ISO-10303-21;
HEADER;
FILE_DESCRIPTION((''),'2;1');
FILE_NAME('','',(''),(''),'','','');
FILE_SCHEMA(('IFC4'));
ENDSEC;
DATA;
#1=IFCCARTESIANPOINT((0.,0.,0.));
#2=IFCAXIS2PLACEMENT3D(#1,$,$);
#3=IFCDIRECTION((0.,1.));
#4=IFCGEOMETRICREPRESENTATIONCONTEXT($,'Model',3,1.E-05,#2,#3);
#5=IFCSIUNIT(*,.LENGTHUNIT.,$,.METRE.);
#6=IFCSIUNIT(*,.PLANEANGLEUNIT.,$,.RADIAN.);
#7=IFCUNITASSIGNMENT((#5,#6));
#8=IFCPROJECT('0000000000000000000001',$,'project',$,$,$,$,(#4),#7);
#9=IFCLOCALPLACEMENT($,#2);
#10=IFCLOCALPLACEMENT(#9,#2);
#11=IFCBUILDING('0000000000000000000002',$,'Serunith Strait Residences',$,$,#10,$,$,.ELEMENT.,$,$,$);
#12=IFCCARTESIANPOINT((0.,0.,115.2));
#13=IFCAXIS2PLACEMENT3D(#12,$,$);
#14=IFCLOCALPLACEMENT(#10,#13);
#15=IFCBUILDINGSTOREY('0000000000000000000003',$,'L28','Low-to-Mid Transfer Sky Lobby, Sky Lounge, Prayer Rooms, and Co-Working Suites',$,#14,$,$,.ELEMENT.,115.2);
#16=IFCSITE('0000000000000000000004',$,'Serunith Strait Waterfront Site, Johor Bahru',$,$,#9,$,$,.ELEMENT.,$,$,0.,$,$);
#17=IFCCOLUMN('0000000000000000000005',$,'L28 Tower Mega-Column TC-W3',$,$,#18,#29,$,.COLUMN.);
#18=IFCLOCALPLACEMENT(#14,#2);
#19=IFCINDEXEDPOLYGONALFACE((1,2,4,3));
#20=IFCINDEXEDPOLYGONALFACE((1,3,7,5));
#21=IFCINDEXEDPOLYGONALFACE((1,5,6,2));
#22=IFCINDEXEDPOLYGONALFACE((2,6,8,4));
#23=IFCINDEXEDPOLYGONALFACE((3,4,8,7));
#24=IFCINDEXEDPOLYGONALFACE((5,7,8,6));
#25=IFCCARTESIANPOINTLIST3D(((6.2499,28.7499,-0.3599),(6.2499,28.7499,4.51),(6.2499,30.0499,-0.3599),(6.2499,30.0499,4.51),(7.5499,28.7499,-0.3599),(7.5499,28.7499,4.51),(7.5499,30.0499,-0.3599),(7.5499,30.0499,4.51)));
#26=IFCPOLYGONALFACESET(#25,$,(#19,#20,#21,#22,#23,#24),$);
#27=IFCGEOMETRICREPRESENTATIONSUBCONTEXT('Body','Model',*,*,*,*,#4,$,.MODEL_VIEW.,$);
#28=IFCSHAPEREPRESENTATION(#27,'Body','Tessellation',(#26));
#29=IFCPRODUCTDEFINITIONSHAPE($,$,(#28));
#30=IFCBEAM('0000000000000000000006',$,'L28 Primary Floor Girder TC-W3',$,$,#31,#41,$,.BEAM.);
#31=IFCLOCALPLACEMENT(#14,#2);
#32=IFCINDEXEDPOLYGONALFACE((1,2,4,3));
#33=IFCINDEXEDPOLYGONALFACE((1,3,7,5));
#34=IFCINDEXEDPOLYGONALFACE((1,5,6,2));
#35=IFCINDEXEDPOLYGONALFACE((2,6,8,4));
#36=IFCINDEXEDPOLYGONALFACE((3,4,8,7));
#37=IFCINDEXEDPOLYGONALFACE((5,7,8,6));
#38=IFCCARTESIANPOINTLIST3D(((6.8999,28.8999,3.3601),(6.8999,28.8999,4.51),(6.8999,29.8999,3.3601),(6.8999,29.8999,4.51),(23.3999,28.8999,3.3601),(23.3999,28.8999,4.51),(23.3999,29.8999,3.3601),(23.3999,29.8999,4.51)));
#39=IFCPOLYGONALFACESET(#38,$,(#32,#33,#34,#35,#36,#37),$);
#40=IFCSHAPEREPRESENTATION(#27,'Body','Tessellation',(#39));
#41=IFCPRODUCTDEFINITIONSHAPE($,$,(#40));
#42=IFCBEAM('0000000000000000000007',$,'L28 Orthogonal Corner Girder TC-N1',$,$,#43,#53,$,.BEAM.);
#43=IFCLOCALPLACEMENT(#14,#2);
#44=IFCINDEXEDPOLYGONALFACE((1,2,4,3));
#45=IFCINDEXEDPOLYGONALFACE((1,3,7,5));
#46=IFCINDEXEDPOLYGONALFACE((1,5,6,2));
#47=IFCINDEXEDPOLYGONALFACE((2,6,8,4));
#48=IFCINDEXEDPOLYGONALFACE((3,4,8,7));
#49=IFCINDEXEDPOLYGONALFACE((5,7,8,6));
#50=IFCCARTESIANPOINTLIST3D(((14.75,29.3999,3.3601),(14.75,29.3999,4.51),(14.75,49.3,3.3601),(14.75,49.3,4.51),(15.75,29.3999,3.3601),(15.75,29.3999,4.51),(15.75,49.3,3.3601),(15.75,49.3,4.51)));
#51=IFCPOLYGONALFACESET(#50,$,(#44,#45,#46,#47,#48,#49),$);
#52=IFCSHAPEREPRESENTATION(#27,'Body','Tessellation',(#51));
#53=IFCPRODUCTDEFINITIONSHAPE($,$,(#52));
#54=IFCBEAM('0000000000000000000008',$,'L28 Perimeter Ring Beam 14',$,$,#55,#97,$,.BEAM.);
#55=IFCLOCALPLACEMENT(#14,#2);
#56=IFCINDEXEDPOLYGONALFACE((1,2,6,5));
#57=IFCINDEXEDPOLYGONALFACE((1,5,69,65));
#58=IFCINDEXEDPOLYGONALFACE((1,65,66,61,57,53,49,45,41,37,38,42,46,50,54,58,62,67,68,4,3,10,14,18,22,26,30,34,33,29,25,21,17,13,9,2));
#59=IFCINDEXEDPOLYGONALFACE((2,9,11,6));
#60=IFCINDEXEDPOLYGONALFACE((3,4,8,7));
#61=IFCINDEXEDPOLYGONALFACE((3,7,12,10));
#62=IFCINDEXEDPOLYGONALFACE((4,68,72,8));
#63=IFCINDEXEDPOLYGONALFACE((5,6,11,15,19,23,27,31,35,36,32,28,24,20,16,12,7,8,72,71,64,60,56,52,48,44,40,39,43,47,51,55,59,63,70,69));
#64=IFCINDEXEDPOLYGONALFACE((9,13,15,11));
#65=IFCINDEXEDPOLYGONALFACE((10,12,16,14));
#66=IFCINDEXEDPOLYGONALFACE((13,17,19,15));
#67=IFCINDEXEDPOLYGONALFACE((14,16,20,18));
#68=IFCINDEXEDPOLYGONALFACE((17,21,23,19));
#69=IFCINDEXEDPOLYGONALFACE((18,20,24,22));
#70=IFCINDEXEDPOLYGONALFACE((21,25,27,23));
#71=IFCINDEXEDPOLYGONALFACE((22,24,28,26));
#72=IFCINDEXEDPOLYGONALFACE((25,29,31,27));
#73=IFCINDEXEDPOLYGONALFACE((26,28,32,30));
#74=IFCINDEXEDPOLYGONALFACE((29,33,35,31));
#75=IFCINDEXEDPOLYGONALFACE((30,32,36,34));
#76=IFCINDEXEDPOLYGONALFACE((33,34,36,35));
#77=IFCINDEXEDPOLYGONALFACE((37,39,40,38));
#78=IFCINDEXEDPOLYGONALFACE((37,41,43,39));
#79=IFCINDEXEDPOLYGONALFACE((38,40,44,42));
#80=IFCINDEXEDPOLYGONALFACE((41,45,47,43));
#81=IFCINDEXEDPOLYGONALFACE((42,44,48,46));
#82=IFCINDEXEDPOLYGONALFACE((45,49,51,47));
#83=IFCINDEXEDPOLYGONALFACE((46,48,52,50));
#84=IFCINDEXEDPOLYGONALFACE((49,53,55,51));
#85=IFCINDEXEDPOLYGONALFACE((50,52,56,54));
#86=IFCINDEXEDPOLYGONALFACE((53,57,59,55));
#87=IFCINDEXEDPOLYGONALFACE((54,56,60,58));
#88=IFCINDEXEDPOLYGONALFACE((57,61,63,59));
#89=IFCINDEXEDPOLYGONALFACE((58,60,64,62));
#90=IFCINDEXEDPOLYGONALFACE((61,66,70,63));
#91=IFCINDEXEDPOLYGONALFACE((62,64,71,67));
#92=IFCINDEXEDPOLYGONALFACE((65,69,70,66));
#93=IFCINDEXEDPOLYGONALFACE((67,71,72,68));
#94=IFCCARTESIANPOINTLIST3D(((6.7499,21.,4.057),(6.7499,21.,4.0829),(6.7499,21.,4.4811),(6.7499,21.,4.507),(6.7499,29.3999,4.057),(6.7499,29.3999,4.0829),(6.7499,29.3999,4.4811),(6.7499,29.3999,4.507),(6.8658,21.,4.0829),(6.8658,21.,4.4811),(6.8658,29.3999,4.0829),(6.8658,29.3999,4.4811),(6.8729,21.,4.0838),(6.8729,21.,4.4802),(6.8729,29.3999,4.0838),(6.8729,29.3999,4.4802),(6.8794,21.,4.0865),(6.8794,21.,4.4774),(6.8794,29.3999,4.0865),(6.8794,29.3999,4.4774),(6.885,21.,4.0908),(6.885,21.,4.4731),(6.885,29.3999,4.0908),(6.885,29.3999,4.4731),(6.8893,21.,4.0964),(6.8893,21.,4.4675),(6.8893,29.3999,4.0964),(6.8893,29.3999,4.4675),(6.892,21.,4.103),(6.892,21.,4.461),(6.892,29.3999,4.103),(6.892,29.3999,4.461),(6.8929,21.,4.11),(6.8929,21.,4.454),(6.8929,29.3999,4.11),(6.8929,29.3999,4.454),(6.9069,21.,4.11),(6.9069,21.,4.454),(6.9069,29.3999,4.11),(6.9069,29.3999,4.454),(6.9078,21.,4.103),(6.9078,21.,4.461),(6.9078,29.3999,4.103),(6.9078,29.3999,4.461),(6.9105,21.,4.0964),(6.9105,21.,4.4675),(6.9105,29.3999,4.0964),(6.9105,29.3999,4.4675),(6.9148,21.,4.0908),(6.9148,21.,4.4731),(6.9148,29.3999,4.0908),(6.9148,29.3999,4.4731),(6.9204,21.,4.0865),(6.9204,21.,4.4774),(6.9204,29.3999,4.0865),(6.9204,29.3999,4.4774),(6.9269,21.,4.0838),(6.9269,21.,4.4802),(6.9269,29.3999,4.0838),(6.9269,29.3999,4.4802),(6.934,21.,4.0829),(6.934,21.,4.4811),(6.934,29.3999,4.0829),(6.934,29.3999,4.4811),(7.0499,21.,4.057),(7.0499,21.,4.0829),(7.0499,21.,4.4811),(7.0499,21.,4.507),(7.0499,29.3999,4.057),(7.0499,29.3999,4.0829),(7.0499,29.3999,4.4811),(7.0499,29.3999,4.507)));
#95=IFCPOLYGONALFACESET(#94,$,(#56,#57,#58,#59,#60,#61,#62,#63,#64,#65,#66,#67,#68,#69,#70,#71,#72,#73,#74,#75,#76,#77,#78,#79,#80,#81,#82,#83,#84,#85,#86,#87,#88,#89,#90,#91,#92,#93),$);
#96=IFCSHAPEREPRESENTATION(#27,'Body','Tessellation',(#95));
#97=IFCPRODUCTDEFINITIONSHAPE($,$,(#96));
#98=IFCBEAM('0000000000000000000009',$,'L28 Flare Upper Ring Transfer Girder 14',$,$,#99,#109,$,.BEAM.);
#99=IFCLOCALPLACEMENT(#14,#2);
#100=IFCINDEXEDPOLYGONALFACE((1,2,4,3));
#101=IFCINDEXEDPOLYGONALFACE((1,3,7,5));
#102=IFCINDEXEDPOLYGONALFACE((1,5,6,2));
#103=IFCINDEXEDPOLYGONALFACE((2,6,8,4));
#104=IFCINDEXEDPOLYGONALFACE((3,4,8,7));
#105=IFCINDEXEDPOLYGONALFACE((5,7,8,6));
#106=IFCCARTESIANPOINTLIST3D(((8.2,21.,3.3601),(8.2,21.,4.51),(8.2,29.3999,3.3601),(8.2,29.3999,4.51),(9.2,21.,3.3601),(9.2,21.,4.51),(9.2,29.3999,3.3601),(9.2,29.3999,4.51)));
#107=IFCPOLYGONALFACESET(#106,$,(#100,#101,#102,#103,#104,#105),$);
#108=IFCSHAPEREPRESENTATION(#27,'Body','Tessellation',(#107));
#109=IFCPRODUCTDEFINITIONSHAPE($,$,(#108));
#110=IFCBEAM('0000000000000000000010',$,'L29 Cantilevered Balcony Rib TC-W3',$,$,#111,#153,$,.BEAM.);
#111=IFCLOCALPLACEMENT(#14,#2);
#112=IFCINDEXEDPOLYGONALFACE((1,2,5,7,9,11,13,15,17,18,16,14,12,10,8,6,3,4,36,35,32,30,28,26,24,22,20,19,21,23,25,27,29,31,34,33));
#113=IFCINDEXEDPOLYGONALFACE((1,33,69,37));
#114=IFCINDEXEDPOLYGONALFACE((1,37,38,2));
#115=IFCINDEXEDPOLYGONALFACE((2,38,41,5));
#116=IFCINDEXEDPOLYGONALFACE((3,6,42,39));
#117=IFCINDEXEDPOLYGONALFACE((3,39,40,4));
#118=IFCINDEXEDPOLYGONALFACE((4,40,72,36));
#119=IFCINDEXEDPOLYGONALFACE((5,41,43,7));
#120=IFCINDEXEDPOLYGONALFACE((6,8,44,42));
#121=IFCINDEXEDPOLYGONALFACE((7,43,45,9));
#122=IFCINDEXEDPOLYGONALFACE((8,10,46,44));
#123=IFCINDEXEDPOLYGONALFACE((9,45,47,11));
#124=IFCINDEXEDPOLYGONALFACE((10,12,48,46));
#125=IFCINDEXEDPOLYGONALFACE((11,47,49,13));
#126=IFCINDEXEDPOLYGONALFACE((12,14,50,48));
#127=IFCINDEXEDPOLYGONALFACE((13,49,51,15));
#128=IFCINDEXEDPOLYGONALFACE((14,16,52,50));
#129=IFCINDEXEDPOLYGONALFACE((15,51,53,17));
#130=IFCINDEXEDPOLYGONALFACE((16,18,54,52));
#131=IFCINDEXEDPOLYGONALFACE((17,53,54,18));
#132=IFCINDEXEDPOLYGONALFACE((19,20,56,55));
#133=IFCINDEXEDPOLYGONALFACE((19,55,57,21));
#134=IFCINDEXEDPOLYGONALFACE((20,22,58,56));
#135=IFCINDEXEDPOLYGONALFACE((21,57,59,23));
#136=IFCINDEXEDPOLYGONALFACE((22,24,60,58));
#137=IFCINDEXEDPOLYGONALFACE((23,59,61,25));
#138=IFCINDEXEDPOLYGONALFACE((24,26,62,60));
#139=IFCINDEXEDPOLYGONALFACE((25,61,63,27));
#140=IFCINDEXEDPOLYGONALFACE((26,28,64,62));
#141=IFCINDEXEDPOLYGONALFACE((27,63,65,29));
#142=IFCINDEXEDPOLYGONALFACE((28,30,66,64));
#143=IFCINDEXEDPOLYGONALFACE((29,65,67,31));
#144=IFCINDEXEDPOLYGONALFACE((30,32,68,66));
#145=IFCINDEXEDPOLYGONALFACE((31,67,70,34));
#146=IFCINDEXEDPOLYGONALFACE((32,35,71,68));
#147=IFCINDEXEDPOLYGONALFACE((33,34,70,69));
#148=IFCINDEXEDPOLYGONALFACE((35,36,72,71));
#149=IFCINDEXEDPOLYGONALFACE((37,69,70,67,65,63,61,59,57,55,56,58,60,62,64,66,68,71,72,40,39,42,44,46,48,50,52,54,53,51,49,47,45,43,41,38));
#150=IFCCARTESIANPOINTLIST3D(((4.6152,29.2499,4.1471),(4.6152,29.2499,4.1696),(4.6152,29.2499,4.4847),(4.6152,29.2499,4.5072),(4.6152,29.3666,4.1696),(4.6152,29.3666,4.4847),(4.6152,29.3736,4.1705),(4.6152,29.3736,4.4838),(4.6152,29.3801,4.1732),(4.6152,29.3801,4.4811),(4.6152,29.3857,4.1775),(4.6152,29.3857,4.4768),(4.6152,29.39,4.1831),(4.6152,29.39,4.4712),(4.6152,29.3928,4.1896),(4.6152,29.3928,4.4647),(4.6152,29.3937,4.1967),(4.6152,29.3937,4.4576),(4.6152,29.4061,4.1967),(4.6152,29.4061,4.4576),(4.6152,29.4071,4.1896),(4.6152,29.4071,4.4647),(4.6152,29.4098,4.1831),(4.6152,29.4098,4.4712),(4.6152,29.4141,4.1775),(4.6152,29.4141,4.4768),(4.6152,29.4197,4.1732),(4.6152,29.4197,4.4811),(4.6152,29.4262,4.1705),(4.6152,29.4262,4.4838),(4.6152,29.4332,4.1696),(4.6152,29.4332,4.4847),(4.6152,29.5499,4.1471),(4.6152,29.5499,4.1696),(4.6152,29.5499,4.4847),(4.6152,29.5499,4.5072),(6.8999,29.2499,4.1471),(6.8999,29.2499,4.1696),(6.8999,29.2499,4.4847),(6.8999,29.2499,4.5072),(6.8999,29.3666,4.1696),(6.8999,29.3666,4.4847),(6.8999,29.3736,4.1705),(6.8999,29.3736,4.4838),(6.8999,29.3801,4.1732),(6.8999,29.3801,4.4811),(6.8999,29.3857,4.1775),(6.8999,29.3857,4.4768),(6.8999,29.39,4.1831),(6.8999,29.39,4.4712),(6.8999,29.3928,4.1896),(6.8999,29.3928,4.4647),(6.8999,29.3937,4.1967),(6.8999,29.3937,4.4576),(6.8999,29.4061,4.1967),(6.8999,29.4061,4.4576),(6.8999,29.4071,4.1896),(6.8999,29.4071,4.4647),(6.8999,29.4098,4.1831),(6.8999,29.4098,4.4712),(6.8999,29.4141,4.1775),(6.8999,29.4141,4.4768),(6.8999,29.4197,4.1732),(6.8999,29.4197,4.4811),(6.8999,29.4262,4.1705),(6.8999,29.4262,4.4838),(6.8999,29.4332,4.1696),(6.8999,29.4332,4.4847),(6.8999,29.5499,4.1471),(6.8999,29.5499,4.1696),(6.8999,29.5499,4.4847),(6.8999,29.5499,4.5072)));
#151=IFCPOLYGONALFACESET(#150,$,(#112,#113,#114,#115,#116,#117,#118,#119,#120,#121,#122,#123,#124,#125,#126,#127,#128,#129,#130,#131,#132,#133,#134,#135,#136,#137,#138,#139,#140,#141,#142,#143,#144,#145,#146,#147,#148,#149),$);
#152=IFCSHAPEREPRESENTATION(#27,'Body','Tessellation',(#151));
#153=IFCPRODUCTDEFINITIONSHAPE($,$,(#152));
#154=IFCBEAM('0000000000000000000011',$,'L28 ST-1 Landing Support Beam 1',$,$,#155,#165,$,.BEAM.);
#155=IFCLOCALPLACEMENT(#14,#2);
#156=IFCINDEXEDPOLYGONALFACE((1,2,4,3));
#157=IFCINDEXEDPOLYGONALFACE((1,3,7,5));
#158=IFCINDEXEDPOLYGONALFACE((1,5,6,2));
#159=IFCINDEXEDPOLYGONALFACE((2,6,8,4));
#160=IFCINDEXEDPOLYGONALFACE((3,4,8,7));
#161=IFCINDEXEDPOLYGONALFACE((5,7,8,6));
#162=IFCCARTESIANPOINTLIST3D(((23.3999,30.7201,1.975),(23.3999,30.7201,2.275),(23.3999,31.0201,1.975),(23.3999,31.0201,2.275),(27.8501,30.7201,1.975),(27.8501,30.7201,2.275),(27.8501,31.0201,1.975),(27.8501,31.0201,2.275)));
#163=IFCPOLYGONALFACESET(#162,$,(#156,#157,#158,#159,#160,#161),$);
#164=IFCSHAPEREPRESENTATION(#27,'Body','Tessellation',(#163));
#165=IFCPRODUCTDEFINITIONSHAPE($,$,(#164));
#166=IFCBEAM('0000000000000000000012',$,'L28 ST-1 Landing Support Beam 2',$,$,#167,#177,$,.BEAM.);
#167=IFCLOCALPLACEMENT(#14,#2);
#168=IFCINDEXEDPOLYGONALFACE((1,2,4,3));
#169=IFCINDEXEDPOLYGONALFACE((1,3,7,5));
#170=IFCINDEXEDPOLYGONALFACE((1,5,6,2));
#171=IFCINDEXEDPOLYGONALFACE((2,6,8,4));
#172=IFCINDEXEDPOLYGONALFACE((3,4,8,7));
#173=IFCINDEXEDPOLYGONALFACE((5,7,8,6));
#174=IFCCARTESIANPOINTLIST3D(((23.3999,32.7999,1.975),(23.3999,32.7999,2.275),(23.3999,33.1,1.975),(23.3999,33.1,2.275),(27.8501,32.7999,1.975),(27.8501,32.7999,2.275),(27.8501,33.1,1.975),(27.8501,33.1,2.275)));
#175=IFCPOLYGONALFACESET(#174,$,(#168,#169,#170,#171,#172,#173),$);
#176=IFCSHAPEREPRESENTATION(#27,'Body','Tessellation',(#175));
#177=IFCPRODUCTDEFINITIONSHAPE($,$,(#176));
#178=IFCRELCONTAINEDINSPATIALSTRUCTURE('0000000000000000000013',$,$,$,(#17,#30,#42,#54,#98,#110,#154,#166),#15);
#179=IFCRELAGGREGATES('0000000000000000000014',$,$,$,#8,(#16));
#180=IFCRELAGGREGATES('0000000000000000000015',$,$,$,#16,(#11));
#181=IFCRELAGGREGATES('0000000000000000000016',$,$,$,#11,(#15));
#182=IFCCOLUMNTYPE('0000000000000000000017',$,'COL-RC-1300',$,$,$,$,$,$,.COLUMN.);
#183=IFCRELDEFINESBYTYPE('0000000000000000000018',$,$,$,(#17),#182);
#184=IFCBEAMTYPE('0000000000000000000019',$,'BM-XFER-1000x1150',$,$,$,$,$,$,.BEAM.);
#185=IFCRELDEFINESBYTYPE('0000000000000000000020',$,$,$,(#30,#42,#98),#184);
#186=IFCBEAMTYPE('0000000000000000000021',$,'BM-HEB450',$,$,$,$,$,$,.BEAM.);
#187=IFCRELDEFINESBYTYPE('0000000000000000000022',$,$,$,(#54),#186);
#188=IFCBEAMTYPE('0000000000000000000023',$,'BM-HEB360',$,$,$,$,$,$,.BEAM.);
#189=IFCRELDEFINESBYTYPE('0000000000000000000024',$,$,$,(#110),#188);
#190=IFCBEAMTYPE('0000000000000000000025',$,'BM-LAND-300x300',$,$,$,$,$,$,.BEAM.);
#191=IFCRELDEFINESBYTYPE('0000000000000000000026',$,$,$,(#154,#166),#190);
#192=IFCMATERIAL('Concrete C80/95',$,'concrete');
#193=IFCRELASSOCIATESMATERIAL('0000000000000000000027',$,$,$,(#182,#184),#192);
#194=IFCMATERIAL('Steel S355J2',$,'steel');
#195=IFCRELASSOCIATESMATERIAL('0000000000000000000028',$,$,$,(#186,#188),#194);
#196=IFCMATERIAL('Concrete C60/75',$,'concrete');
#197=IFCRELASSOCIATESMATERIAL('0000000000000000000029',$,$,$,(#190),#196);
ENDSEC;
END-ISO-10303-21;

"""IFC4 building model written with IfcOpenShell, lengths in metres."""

from ifc_helpers import new_model, si_unit, direction, frame, origin, origin_2d, place, context, subcontext, project, spatial, rectangle, i_section, extrude, source, transform, mapped, material, material_profile, profile_set, type_object, element, save


model = new_model("IFC4")

# Units and contexts
model_context = context("Model", 3, precision=1e-05, world=origin(), true_north=direction((0.0, 1.0)))
body_context = subcontext(model_context, "Body", "Model", "MODEL_VIEW")
ifc_project = project(units=[si_unit("LENGTHUNIT", "METRE"), si_unit("PLANEANGLEUNIT", "RADIAN")], contexts=[model_context])

# Site, building, storey
site_placement = place(None, origin())
site = spatial("IfcSite", under=ifc_project, at=site_placement, Name="Serunith Strait Waterfront Site, Johor Bahru", CompositionType="ELEMENT", RefElevation=0.0)
building_placement = place(site_placement, origin())
building = spatial("IfcBuilding", under=site, at=building_placement, Name="Serunith Strait Residences", CompositionType="ELEMENT")
storey_placement = place(building_placement, frame((0.0, 0.0, 115.2)))
storey = spatial("IfcBuildingStorey", under=building, at=storey_placement, Name="L28", Description="Low-to-Mid Transfer Sky Lobby, Sky Lounge, Prayer Rooms, and Co-Working Suites", CompositionType="ELEMENT", Elevation=115.2)

# Column
ifc_material_1 = material(Name="Concrete C80/95", Category="concrete")
ifc_material_profile_1 = material_profile(ifc_material_1, rectangle(XDim=1.3, YDim=1.3, at=origin_2d()), Name="RC 1300x1300")
ifc_profile_set_1 = profile_set([ifc_material_profile_1], Name="Concrete C80/95")
column_type = type_object("IfcColumnType", Name="COL-RC-1300", PredefinedType="COLUMN", material=ifc_profile_set_1)
shared_shape_1 = source(origin(), body_context, "Body", "SweptSolid", [
    extrude(rectangle(XDim=1.3, YDim=1.3, at=origin_2d()), origin(), (0.0, 0.0, 1.0), 4.8699),
])
column_placement = place(storey_placement, frame((6.8999, 29.3999, -0.3599), z_axis=(0.0, 0.0, 1.0), x_axis=(1.0, 0.0, 0.0)))
element("IfcColumn", 1, at=column_placement, inside=storey, type_object=column_type, Name="L28 Tower Mega-Column TC-W3", PredefinedType="COLUMN", context=body_context, shape_type="MappedRepresentation", body=[
    mapped(shared_shape_1, transform((0.0, 0.0, 0.0), scale=1.0)),
])

# Beams
ifc_material_profile_2 = material_profile(ifc_material_1, rectangle(XDim=1.0, YDim=1.1499, at=origin_2d()), Name="RC 1000x1150")
ifc_profile_set_2 = profile_set([ifc_material_profile_2], Name="Concrete C80/95")
beam_type_1 = type_object("IfcBeamType", Name="BM-XFER-1000x1150", PredefinedType="BEAM", material=ifc_profile_set_2)
shared_shape_2 = source(origin(), body_context, "Body", "SweptSolid", [
    extrude(rectangle(XDim=1.0, YDim=1.1499, at=origin_2d()), origin(), (0.0, 0.0, 1.0), 16.5),
])
beam_1_placement = place(storey_placement, frame((23.3999, 29.3999, 3.9351), z_axis=(-1.0, 0.0, 0.0), x_axis=(0.0, -1.0, 0.0)))
element("IfcBeam", 2, at=beam_1_placement, inside=storey, type_object=beam_type_1, Name="L28 Primary Floor Girder TC-W3", PredefinedType="BEAM", context=body_context, shape_type="MappedRepresentation", body=[
    mapped(shared_shape_2, transform((0.0, 0.0, 0.0), scale=1.0)),
])
shared_shape_3 = source(origin(), body_context, "Body", "SweptSolid", [
    extrude(rectangle(XDim=1.0, YDim=1.1499, at=origin_2d()), origin(), (0.0, 0.0, 1.0), 19.9001),
])
beam_2_placement = place(storey_placement, frame((15.25, 29.3999, 3.9351), z_axis=(0.0, 1.0, 0.0), x_axis=(-1.0, 0.0, 0.0)))
element("IfcBeam", 3, at=beam_2_placement, inside=storey, type_object=beam_type_1, Name="L28 Orthogonal Corner Girder TC-N1", PredefinedType="BEAM", context=body_context, shape_type="MappedRepresentation", body=[
    mapped(shared_shape_3, transform((0.0, 0.0, 0.0), scale=1.0)),
])
ifc_material_2 = material(Name="Steel S355J2", Category="steel")
ifc_material_profile_3 = material_profile(ifc_material_2, i_section(OverallWidth=0.3, OverallDepth=0.45, WebThickness=0.0139, FlangeThickness=0.0259, FilletRadius=0.0271, at=origin_2d()), Name="HEB 450")
ifc_profile_set_3 = profile_set([ifc_material_profile_3], Name="Steel S355J2")
beam_type_2 = type_object("IfcBeamType", Name="BM-HEB450", PredefinedType="BEAM", material=ifc_profile_set_3)
shared_shape_4 = source(origin(), body_context, "Body", "SweptSolid", [
    extrude(i_section(OverallWidth=0.3, OverallDepth=0.45, WebThickness=0.0139, FlangeThickness=0.0259, FilletRadius=0.0271, at=origin_2d()), origin(), (0.0, 0.0, 1.0), 8.3999),
])
beam_3_placement = place(storey_placement, frame((6.8999, 29.3999, 4.282), z_axis=(0.0, -1.0, 0.0), x_axis=(1.0, 0.0, 0.0)))
element("IfcBeam", 4, at=beam_3_placement, inside=storey, type_object=beam_type_2, Name="L28 Perimeter Ring Beam 14", PredefinedType="BEAM", context=body_context, shape_type="MappedRepresentation", body=[
    mapped(shared_shape_4, transform((0.0, 0.0, 0.0), scale=1.0)),
])
shared_shape_5 = source(origin(), body_context, "Body", "SweptSolid", [
    extrude(rectangle(XDim=1.0, YDim=1.1499, at=origin_2d()), origin(), (0.0, 0.0, 1.0), 8.3999),
])
beam_4_placement = place(storey_placement, frame((8.7, 29.3999, 3.9351), z_axis=(0.0, -1.0, 0.0), x_axis=(1.0, 0.0, 0.0)))
element("IfcBeam", 5, at=beam_4_placement, inside=storey, type_object=beam_type_1, Name="L28 Flare Upper Ring Transfer Girder 14", PredefinedType="BEAM", context=body_context, shape_type="MappedRepresentation", body=[
    mapped(shared_shape_5, transform((0.0, 0.0, 0.0), scale=1.0)),
])
ifc_material_profile_4 = material_profile(ifc_material_2, i_section(OverallWidth=0.3, OverallDepth=0.3601, WebThickness=0.0125, FlangeThickness=0.0225, FilletRadius=0.0271, at=origin_2d()), Name="HEB 360")
ifc_profile_set_4 = profile_set([ifc_material_profile_4], Name="Steel S355J2")
beam_type_3 = type_object("IfcBeamType", Name="BM-HEB360", PredefinedType="BEAM", material=ifc_profile_set_4)
shared_shape_6 = source(origin(), body_context, "Body", "SweptSolid", [
    extrude(i_section(OverallWidth=0.3, OverallDepth=0.3601, WebThickness=0.0125, FlangeThickness=0.0225, FilletRadius=0.0271, at=origin_2d()), origin(), (0.0, 0.0, 1.0), 2.2847),
])
beam_5_placement = place(storey_placement, frame((6.8999, 29.3999, 4.3271), z_axis=(-1.0, 0.0, 0.0), x_axis=(0.0, -1.0, 0.0)))
element("IfcBeam", 6, at=beam_5_placement, inside=storey, type_object=beam_type_3, Name="L29 Cantilevered Balcony Rib TC-W3", PredefinedType="BEAM", context=body_context, shape_type="MappedRepresentation", body=[
    mapped(shared_shape_6, transform((0.0, 0.0, 0.0), scale=1.0)),
])
ifc_material_3 = material(Name="Concrete C60/75", Category="concrete")
ifc_material_profile_5 = material_profile(ifc_material_3, rectangle(XDim=0.3, YDim=0.3, at=origin_2d()), Name="RC 300x300")
ifc_profile_set_5 = profile_set([ifc_material_profile_5], Name="Concrete C60/75")
beam_type_4 = type_object("IfcBeamType", Name="BM-LAND-300x300", PredefinedType="BEAM", material=ifc_profile_set_5)
shared_shape_7 = source(origin(), body_context, "Body", "SweptSolid", [
    extrude(rectangle(XDim=0.3, YDim=0.3, at=origin_2d()), origin(), (0.0, 0.0, 1.0), 4.4502),
])
for number, where, z_axis, x_axis, name in (
    (7, (23.3999, 30.8701, 2.125), (1.0, 0.0, 0.0), (0.0, 1.0, 0.0), "L28 ST-1 Landing Support Beam 1"),
    (8, (23.3999, 32.95, 2.125), (1.0, 0.0, 0.0), (0.0, 1.0, 0.0), "L28 ST-1 Landing Support Beam 2"),
):
    element("IfcBeam", number, at=place(storey_placement, frame(where, z_axis=z_axis, x_axis=x_axis)), inside=storey, type_object=beam_type_4, Name=name, PredefinedType="BEAM", context=body_context, shape_type="MappedRepresentation", body=[
        mapped(shared_shape_7, transform((0.0, 0.0, 0.0), scale=1.0)),
    ])

save(model, "model.ifc")
